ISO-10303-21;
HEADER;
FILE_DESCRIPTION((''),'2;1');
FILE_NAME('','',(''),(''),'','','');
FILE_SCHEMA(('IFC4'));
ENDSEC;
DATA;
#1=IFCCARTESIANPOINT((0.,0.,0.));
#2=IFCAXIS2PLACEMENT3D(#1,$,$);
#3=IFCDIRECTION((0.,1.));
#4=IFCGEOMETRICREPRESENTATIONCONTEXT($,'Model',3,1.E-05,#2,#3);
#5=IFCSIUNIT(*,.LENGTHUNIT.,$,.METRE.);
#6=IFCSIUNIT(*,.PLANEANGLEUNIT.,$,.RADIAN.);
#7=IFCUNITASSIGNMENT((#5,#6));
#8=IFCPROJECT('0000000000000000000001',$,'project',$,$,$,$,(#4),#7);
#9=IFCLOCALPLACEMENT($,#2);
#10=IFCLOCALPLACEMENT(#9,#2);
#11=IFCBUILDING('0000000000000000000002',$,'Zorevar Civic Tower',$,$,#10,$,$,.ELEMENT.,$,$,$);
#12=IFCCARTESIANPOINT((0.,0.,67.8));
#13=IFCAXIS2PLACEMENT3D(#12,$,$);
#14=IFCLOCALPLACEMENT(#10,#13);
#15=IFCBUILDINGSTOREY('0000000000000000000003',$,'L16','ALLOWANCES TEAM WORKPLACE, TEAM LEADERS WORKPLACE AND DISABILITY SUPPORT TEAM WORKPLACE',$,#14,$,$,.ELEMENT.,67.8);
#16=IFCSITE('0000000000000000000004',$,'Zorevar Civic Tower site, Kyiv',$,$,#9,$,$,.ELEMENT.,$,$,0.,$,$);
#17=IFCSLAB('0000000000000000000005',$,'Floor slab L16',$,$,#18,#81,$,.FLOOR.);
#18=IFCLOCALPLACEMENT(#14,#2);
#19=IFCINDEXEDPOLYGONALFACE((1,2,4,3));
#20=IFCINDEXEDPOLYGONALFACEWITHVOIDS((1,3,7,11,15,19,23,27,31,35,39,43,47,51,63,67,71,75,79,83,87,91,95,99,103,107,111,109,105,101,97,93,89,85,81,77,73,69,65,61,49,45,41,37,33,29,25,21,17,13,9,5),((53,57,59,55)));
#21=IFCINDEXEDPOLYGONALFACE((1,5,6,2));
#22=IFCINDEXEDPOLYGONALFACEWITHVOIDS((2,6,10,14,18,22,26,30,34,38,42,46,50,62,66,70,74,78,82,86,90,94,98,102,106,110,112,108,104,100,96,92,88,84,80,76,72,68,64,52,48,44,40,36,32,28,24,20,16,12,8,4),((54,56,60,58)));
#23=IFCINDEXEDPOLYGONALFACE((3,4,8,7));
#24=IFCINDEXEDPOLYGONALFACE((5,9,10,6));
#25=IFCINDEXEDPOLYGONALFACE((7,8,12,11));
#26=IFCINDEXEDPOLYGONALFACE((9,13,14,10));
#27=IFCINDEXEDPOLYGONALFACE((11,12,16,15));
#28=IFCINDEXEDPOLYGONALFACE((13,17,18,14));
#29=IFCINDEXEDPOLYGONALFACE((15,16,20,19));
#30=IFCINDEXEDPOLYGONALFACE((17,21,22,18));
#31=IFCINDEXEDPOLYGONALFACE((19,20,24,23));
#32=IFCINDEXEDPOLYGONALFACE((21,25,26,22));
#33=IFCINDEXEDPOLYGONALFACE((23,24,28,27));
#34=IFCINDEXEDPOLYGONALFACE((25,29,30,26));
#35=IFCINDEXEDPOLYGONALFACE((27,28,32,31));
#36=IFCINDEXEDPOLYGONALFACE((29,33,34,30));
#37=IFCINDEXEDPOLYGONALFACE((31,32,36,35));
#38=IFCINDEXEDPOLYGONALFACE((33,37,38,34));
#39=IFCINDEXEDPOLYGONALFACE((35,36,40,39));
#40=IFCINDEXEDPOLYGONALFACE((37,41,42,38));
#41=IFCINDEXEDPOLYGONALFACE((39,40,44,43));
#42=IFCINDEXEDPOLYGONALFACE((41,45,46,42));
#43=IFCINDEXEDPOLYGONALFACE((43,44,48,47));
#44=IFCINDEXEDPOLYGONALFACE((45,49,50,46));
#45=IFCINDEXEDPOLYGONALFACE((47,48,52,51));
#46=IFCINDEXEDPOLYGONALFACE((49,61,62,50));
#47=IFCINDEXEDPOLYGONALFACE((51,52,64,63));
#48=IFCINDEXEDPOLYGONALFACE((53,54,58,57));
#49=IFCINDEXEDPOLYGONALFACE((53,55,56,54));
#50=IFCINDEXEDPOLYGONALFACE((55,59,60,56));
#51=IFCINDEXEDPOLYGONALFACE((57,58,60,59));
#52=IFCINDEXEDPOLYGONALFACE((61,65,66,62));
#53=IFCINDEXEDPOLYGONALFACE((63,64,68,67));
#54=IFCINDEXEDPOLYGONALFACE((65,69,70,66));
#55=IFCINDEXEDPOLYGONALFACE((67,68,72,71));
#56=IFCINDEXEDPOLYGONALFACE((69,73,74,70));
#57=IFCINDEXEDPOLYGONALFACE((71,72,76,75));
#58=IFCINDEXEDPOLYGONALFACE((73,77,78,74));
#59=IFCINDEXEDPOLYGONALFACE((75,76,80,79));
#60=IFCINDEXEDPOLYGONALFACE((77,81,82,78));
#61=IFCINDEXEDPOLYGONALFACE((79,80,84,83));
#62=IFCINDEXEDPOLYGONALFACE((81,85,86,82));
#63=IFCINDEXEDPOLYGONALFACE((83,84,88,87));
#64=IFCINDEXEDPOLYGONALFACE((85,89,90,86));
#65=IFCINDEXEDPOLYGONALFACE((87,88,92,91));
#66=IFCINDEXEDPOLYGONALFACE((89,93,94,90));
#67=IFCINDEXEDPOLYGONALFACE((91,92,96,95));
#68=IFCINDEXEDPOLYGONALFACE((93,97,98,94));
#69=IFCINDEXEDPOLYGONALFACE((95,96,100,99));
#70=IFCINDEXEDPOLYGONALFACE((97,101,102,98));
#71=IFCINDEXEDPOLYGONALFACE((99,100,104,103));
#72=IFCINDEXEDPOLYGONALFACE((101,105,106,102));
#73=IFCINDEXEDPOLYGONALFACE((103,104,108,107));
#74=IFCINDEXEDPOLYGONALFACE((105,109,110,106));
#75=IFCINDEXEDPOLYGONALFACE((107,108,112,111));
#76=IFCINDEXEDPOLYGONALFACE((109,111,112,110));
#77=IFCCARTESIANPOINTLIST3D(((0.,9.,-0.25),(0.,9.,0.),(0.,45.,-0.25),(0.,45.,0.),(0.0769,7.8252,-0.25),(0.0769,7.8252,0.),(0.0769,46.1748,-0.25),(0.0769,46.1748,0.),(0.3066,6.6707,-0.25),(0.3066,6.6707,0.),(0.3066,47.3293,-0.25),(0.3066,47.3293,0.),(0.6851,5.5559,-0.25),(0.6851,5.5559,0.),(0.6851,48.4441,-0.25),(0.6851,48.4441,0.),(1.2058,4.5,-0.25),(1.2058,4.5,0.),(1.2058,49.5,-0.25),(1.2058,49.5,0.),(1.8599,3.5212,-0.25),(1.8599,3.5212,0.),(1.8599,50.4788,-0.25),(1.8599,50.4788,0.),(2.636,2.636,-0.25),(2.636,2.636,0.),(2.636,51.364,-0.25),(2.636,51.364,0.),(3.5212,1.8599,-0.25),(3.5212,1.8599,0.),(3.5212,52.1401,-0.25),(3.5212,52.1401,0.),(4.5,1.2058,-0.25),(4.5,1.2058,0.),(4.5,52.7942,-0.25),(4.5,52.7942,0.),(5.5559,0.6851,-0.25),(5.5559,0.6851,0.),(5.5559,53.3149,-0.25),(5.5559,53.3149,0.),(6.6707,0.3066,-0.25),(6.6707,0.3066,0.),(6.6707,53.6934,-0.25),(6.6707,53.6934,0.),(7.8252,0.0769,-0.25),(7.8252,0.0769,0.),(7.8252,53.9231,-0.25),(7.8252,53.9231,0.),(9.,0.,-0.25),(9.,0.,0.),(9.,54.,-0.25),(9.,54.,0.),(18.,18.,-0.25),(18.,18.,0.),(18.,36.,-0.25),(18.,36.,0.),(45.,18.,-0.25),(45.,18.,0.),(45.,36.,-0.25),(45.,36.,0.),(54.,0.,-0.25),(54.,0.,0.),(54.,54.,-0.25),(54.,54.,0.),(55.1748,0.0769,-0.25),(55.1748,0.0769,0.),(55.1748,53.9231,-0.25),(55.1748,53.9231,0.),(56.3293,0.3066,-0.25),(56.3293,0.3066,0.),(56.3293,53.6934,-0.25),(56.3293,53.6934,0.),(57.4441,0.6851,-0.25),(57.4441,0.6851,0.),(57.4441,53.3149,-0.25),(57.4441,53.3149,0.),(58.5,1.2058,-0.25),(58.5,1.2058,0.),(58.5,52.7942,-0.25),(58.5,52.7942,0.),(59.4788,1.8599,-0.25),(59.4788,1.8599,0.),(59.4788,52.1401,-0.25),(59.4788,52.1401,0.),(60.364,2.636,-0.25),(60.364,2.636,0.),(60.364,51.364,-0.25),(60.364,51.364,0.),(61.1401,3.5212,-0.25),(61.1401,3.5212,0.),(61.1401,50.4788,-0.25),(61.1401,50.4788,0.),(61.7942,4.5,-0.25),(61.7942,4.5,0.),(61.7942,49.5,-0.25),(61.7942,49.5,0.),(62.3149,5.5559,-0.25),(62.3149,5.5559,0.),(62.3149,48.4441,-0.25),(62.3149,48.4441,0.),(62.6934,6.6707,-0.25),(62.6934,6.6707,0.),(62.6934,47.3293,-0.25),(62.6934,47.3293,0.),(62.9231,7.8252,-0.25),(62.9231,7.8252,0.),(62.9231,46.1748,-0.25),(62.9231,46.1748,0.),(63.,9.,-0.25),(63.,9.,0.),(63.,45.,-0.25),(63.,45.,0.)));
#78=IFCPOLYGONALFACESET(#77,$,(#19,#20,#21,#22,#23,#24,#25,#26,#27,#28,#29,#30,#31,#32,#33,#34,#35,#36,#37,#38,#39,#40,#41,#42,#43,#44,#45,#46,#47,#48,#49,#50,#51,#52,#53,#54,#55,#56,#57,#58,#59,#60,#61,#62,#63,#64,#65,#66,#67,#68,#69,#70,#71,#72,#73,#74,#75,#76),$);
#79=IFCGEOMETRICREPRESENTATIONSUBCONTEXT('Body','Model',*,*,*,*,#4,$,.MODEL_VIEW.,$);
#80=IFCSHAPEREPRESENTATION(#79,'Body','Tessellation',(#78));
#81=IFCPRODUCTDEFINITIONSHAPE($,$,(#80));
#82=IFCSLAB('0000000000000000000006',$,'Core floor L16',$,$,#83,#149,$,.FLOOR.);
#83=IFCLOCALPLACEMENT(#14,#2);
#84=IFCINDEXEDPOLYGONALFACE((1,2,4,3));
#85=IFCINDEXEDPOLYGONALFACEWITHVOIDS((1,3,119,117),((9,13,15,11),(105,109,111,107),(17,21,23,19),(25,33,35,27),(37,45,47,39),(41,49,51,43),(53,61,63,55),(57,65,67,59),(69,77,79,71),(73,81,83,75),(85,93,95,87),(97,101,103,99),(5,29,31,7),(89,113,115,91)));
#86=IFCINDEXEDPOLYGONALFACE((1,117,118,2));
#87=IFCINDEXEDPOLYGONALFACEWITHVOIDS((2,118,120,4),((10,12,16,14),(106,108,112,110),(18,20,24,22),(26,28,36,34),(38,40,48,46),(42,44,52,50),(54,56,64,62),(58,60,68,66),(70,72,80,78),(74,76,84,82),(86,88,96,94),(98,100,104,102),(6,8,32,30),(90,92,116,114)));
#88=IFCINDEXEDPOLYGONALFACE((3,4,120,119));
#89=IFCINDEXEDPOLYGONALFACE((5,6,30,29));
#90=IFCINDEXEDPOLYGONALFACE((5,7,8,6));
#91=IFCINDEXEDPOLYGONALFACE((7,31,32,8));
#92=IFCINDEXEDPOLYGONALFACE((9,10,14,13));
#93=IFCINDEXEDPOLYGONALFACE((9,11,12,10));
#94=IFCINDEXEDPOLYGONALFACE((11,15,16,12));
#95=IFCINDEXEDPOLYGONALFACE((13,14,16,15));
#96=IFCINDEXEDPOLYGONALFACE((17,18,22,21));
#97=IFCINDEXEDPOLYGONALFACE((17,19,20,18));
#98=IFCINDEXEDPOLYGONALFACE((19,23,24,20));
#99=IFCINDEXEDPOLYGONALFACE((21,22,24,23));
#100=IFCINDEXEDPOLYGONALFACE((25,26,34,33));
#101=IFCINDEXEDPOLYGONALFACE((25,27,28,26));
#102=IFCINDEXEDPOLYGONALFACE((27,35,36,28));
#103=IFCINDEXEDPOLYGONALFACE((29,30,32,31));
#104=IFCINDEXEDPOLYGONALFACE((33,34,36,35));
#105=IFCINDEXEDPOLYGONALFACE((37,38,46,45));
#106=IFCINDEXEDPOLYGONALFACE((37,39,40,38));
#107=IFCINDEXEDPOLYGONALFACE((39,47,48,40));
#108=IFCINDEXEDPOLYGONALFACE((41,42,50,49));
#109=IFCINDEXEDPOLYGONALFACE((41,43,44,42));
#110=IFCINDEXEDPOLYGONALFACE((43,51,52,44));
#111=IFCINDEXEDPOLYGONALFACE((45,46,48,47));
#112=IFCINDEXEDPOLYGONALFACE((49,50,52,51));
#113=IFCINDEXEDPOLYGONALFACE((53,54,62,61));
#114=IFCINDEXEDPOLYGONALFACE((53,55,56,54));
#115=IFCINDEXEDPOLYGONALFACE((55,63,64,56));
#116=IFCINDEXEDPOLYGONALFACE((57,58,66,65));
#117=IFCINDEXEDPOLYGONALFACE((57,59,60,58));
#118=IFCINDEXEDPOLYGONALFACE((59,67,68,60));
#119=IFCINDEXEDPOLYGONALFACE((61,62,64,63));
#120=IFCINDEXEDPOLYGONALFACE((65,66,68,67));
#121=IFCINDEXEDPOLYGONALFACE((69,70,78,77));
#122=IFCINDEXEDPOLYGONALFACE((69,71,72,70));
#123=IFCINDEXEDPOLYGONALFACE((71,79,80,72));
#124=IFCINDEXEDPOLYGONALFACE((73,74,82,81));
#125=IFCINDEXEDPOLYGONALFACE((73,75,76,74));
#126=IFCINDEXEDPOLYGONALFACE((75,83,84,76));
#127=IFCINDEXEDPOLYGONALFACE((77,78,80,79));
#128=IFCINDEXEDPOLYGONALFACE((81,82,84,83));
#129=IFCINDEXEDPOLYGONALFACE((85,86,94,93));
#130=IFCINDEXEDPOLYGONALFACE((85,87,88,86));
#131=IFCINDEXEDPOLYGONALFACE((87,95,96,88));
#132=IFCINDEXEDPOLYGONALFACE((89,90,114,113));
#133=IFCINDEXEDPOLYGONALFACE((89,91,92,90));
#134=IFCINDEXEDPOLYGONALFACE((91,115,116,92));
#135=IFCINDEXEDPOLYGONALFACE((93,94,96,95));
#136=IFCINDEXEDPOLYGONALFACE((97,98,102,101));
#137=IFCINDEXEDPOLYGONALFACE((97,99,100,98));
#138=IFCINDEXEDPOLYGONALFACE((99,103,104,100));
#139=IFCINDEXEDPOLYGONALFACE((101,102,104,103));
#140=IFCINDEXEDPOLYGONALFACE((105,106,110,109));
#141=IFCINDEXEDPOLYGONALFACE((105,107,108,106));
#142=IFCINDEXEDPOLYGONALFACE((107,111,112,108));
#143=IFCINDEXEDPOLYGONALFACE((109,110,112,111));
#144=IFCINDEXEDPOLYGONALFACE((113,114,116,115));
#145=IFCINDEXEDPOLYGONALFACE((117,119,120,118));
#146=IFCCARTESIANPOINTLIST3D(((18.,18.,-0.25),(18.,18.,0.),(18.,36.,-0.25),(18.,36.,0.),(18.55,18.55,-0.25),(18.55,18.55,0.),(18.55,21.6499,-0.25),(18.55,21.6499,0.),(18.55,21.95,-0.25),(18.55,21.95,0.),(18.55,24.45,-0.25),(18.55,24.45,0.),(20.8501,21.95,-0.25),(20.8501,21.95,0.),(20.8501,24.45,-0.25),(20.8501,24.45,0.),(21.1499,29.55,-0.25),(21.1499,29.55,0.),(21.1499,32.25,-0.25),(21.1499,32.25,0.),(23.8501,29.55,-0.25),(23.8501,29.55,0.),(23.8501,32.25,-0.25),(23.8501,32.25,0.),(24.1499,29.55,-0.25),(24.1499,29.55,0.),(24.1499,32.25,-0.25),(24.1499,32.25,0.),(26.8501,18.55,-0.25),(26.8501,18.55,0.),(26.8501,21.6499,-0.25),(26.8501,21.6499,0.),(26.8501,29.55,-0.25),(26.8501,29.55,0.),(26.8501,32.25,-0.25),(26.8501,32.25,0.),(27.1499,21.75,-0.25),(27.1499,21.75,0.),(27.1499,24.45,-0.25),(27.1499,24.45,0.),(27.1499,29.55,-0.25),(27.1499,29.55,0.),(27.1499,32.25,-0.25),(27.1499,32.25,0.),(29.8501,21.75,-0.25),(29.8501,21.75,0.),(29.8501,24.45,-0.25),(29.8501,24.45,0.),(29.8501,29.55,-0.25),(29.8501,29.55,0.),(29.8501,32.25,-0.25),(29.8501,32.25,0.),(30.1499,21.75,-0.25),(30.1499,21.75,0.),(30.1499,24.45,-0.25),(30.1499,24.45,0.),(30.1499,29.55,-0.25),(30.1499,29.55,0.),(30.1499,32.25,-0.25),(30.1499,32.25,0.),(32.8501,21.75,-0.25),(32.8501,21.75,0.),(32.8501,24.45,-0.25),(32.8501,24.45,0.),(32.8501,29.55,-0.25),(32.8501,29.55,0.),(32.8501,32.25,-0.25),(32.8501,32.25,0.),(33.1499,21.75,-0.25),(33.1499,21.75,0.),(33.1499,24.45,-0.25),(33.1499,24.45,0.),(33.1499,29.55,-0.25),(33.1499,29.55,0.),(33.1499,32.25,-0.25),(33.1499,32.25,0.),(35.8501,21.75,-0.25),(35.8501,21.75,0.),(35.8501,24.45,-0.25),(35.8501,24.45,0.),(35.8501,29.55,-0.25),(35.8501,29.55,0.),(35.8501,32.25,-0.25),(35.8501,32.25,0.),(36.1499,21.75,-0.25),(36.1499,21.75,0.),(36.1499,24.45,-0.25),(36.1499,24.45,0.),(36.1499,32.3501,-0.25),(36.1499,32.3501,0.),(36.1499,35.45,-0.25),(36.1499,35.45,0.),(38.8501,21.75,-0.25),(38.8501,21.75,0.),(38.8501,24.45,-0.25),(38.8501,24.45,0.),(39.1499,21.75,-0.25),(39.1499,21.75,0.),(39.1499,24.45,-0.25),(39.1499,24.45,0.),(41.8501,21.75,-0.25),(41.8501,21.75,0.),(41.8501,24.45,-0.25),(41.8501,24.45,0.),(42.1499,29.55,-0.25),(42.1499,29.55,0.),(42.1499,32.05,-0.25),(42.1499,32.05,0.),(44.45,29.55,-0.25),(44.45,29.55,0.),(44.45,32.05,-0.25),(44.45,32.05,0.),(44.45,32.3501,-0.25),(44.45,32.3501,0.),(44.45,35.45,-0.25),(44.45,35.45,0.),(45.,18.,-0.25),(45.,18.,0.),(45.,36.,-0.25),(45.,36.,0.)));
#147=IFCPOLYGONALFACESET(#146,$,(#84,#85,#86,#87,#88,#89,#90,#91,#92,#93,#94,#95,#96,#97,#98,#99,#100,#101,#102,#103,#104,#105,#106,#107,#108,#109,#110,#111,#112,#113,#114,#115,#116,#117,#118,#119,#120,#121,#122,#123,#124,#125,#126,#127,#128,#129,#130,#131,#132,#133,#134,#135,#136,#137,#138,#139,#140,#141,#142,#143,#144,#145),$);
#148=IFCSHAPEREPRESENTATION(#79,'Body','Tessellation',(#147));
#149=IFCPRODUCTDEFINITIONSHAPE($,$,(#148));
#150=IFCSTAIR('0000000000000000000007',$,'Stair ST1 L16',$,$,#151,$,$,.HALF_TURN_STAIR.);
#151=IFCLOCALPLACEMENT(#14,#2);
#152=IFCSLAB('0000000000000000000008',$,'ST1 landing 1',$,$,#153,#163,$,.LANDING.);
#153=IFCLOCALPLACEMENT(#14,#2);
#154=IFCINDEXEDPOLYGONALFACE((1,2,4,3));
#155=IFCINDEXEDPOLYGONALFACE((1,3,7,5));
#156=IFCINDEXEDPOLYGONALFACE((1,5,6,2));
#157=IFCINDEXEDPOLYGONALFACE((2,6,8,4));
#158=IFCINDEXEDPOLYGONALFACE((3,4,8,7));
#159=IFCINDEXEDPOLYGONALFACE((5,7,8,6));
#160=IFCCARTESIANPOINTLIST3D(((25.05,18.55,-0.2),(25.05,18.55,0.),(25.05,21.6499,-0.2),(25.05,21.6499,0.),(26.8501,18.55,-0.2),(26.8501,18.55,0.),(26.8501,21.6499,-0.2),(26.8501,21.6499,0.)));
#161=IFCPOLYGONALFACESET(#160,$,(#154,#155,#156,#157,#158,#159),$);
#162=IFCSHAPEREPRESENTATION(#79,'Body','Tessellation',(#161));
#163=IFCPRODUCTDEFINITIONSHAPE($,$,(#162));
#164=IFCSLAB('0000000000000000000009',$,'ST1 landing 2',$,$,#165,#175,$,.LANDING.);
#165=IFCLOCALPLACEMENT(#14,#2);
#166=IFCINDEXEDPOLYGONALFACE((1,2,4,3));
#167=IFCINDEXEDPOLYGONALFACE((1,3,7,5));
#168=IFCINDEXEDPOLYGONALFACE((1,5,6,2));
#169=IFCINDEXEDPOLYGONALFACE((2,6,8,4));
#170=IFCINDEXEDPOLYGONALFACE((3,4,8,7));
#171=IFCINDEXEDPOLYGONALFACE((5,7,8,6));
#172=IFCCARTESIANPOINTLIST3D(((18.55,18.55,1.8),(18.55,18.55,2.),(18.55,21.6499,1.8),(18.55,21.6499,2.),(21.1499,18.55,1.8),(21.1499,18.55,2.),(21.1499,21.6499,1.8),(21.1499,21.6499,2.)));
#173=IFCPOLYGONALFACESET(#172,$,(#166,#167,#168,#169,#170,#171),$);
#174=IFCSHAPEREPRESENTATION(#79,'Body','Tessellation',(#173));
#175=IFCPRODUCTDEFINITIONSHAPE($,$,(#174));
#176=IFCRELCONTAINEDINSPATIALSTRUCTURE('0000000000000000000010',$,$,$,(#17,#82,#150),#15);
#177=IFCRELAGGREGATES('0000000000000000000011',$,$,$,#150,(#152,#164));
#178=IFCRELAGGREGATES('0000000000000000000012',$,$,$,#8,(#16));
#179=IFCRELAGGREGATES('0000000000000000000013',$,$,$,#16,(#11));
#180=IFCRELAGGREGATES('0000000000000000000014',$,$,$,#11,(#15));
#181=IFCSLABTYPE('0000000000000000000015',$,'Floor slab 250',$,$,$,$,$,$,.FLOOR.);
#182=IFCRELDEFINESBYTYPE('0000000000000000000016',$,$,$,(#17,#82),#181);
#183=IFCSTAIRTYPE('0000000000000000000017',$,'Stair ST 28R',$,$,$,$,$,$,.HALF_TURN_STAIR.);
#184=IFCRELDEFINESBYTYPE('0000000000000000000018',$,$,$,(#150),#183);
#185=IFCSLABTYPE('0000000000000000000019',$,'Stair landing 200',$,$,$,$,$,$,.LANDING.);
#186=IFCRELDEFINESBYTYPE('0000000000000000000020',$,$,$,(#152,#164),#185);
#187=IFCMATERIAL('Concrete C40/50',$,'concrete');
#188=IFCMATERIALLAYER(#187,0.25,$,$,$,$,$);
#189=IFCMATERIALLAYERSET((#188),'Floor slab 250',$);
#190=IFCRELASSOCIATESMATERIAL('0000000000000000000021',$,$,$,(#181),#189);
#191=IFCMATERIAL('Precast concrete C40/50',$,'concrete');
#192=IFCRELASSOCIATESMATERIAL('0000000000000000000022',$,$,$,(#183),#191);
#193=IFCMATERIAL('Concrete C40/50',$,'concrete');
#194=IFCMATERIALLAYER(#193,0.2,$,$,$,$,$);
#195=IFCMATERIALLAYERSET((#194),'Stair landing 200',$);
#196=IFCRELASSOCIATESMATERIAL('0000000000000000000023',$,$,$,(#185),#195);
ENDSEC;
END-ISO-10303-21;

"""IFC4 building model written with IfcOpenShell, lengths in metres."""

from ifc_helpers import new_model, si_unit, direction, frame, origin, place, context, subcontext, project, spatial, polyline, outline, extrude, material, layer, layer_set, type_object, element, aggregate, save


model = new_model("IFC4")

# Units and contexts
model_context = context("Model", 3, precision=1e-05, world=origin(), true_north=direction((0.0, 1.0)))
body_context = subcontext(model_context, "Body", "Model", "MODEL_VIEW")
ifc_project = project(units=[si_unit("LENGTHUNIT", "METRE"), si_unit("PLANEANGLEUNIT", "RADIAN")], contexts=[model_context])

# Site, building, storey
site_placement = place(None, origin())
site = spatial("IfcSite", under=ifc_project, at=site_placement, Name="Zorevar Civic Tower site, Kyiv", CompositionType="ELEMENT", RefElevation=0.0)
building_placement = place(site_placement, origin())
building = spatial("IfcBuilding", under=site, at=building_placement, Name="Zorevar Civic Tower", CompositionType="ELEMENT")
storey_placement = place(building_placement, frame((0.0, 0.0, 67.8)))
storey = spatial("IfcBuildingStorey", under=building, at=storey_placement, Name="L16", Description="ALLOWANCES TEAM WORKPLACE, TEAM LEADERS WORKPLACE AND DISABILITY SUPPORT TEAM WORKPLACE", CompositionType="ELEMENT", Elevation=67.8)

# Slabs
ifc_material_1 = material(Name="Concrete C40/50", Category="concrete")
ifc_layer_1 = layer(ifc_material_1, 0.25)
ifc_layer_set_1 = layer_set([ifc_layer_1], Name="Floor slab 250")
slab_type_1 = type_object("IfcSlabType", Name="Floor slab 250", PredefinedType="FLOOR", material=ifc_layer_set_1)
slab_1_placement = place(storey_placement, frame((0.0, 0.0, -0.25)))
element("IfcSlab", 1, at=slab_1_placement, inside=storey, type_object=slab_type_1, Name="Floor slab L16", PredefinedType="FLOOR", context=body_context, shape_type="SweptSolid", body=[
    extrude(outline(polyline([(54.0, 0.0), (55.1748, 0.0769), (56.3293, 0.3066), (57.4441, 0.6851), (58.5, 1.2058), (59.4788, 1.8599), (60.364, 2.636), (61.1401, 3.5212), (61.7942, 4.5), (62.3149, 5.5559), (62.6934, 6.6707), (62.9231, 7.8252), (63.0, 9.0), (63.0, 45.0), (62.9231, 46.1748), (62.6934, 47.3293), (62.3149, 48.4441), (61.7942, 49.5), (61.1401, 50.4788), (60.364, 51.364), (59.4788, 52.1401), (58.5, 52.7942), (57.4441, 53.3149), (56.3293, 53.6934), (55.1748, 53.9231), (54.0, 54.0), (9.0, 54.0), (7.8252, 53.9231), (6.6707, 53.6934), (5.5559, 53.3149), (4.5, 52.7942), (3.5212, 52.1401), (2.636, 51.364), (1.8599, 50.4788), (1.2058, 49.5), (0.6851, 48.4441), (0.3066, 47.3293), (0.0769, 46.1748), (0.0, 45.0), (0.0, 9.0), (0.0769, 7.8252), (0.3066, 6.6707), (0.6851, 5.5559), (1.2058, 4.5), (1.8599, 3.5212), (2.636, 2.636), (3.5212, 1.8599), (4.5, 1.2058), (5.5559, 0.6851), (6.6707, 0.3066), (7.8252, 0.0769), (9.0, 0.0), (54.0, 0.0)]), holes=[polyline([(18.0, 18.0), (45.0, 18.0), (45.0, 36.0), (18.0, 36.0), (18.0, 18.0)])]), origin(), (0.0, 0.0, 1.0), 0.25),
])
slab_2_placement = place(storey_placement, frame((0.0, 0.0, -0.25)))
element("IfcSlab", 2, at=slab_2_placement, inside=storey, type_object=slab_type_1, Name="Core floor L16", PredefinedType="FLOOR", context=body_context, shape_type="SweptSolid", body=[
    extrude(outline(polyline([(18.0, 18.0), (45.0, 18.0), (45.0, 36.0), (18.0, 36.0), (18.0, 18.0)]), holes=[polyline([(18.55, 18.55), (26.8501, 18.55), (26.8501, 21.6499), (18.55, 21.6499), (18.55, 18.55)]), polyline([(36.1499, 32.3501), (44.45, 32.3501), (44.45, 35.45), (36.1499, 35.45), (36.1499, 32.3501)]), polyline([(18.55, 21.95), (20.8501, 21.95), (20.8501, 24.45), (18.55, 24.45), (18.55, 21.95)]), polyline([(42.1499, 29.55), (44.45, 29.55), (44.45, 32.05), (42.1499, 32.05), (42.1499, 29.55)]), polyline([(27.1499, 21.75), (29.8501, 21.75), (29.8501, 24.45), (27.1499, 24.45), (27.1499, 21.75)]), polyline([(33.1499, 29.55), (35.8501, 29.55), (35.8501, 32.25), (33.1499, 32.25), (33.1499, 29.55)]), polyline([(30.1499, 21.75), (32.8501, 21.75), (32.8501, 24.45), (30.1499, 24.45), (30.1499, 21.75)]), polyline([(30.1499, 29.55), (32.8501, 29.55), (32.8501, 32.25), (30.1499, 32.25), (30.1499, 29.55)]), polyline([(33.1499, 21.75), (35.8501, 21.75), (35.8501, 24.45), (33.1499, 24.45), (33.1499, 21.75)]), polyline([(27.1499, 29.55), (29.8501, 29.55), (29.8501, 32.25), (27.1499, 32.25), (27.1499, 29.55)]), polyline([(36.1499, 21.75), (38.8501, 21.75), (38.8501, 24.45), (36.1499, 24.45), (36.1499, 21.75)]), polyline([(24.1499, 29.55), (26.8501, 29.55), (26.8501, 32.25), (24.1499, 32.25), (24.1499, 29.55)]), polyline([(39.1499, 21.75), (41.8501, 21.75), (41.8501, 24.45), (39.1499, 24.45), (39.1499, 21.75)]), polyline([(21.1499, 29.55), (23.8501, 29.55), (23.8501, 32.25), (21.1499, 32.25), (21.1499, 29.55)])]), origin(), (0.0, 0.0, 1.0), 0.25),
])

# Stair, slabs
ifc_material_2 = material(Name="Precast concrete C40/50", Category="concrete")
stair_type = type_object("IfcStairType", Name="Stair ST 28R", PredefinedType="HALF_TURN_STAIR", material=ifc_material_2)
stair_1_placement = place(storey_placement, origin())
stair_1 = element("IfcStair", 3, at=stair_1_placement, inside=storey, type_object=stair_type, Name="Stair ST1 L16", PredefinedType="HALF_TURN_STAIR")
ifc_material_3 = material(Name="Concrete C40/50", Category="concrete")
ifc_layer_2 = layer(ifc_material_3, 0.2)
ifc_layer_set_2 = layer_set([ifc_layer_2], Name="Stair landing 200")
slab_type_2 = type_object("IfcSlabType", Name="Stair landing 200", PredefinedType="LANDING", material=ifc_layer_set_2)
slab_3_placement = place(storey_placement, frame((0.0, 0.0, -0.2)))
slab_3 = element("IfcSlab", 4, at=slab_3_placement, type_object=slab_type_2, Name="ST1 landing 1", PredefinedType="LANDING", context=body_context, shape_type="SweptSolid", body=[
    extrude(outline(polyline([(25.05, 18.55), (26.8501, 18.55), (26.8501, 21.6499), (25.05, 21.6499), (25.05, 18.55)])), origin(), (0.0, 0.0, 1.0), 0.2),
])
slab_4_placement = place(storey_placement, frame((0.0, 0.0, 1.8)))
slab_4 = element("IfcSlab", 5, at=slab_4_placement, type_object=slab_type_2, Name="ST1 landing 2", PredefinedType="LANDING", context=body_context, shape_type="SweptSolid", body=[
    extrude(outline(polyline([(18.55, 18.55), (21.1499, 18.55), (21.1499, 21.6499), (18.55, 21.6499), (18.55, 18.55)])), origin(), (0.0, 0.0, 1.0), 0.2),
])
aggregate(stair_1, [slab_3, slab_4])

save(model, "model.ifc")
